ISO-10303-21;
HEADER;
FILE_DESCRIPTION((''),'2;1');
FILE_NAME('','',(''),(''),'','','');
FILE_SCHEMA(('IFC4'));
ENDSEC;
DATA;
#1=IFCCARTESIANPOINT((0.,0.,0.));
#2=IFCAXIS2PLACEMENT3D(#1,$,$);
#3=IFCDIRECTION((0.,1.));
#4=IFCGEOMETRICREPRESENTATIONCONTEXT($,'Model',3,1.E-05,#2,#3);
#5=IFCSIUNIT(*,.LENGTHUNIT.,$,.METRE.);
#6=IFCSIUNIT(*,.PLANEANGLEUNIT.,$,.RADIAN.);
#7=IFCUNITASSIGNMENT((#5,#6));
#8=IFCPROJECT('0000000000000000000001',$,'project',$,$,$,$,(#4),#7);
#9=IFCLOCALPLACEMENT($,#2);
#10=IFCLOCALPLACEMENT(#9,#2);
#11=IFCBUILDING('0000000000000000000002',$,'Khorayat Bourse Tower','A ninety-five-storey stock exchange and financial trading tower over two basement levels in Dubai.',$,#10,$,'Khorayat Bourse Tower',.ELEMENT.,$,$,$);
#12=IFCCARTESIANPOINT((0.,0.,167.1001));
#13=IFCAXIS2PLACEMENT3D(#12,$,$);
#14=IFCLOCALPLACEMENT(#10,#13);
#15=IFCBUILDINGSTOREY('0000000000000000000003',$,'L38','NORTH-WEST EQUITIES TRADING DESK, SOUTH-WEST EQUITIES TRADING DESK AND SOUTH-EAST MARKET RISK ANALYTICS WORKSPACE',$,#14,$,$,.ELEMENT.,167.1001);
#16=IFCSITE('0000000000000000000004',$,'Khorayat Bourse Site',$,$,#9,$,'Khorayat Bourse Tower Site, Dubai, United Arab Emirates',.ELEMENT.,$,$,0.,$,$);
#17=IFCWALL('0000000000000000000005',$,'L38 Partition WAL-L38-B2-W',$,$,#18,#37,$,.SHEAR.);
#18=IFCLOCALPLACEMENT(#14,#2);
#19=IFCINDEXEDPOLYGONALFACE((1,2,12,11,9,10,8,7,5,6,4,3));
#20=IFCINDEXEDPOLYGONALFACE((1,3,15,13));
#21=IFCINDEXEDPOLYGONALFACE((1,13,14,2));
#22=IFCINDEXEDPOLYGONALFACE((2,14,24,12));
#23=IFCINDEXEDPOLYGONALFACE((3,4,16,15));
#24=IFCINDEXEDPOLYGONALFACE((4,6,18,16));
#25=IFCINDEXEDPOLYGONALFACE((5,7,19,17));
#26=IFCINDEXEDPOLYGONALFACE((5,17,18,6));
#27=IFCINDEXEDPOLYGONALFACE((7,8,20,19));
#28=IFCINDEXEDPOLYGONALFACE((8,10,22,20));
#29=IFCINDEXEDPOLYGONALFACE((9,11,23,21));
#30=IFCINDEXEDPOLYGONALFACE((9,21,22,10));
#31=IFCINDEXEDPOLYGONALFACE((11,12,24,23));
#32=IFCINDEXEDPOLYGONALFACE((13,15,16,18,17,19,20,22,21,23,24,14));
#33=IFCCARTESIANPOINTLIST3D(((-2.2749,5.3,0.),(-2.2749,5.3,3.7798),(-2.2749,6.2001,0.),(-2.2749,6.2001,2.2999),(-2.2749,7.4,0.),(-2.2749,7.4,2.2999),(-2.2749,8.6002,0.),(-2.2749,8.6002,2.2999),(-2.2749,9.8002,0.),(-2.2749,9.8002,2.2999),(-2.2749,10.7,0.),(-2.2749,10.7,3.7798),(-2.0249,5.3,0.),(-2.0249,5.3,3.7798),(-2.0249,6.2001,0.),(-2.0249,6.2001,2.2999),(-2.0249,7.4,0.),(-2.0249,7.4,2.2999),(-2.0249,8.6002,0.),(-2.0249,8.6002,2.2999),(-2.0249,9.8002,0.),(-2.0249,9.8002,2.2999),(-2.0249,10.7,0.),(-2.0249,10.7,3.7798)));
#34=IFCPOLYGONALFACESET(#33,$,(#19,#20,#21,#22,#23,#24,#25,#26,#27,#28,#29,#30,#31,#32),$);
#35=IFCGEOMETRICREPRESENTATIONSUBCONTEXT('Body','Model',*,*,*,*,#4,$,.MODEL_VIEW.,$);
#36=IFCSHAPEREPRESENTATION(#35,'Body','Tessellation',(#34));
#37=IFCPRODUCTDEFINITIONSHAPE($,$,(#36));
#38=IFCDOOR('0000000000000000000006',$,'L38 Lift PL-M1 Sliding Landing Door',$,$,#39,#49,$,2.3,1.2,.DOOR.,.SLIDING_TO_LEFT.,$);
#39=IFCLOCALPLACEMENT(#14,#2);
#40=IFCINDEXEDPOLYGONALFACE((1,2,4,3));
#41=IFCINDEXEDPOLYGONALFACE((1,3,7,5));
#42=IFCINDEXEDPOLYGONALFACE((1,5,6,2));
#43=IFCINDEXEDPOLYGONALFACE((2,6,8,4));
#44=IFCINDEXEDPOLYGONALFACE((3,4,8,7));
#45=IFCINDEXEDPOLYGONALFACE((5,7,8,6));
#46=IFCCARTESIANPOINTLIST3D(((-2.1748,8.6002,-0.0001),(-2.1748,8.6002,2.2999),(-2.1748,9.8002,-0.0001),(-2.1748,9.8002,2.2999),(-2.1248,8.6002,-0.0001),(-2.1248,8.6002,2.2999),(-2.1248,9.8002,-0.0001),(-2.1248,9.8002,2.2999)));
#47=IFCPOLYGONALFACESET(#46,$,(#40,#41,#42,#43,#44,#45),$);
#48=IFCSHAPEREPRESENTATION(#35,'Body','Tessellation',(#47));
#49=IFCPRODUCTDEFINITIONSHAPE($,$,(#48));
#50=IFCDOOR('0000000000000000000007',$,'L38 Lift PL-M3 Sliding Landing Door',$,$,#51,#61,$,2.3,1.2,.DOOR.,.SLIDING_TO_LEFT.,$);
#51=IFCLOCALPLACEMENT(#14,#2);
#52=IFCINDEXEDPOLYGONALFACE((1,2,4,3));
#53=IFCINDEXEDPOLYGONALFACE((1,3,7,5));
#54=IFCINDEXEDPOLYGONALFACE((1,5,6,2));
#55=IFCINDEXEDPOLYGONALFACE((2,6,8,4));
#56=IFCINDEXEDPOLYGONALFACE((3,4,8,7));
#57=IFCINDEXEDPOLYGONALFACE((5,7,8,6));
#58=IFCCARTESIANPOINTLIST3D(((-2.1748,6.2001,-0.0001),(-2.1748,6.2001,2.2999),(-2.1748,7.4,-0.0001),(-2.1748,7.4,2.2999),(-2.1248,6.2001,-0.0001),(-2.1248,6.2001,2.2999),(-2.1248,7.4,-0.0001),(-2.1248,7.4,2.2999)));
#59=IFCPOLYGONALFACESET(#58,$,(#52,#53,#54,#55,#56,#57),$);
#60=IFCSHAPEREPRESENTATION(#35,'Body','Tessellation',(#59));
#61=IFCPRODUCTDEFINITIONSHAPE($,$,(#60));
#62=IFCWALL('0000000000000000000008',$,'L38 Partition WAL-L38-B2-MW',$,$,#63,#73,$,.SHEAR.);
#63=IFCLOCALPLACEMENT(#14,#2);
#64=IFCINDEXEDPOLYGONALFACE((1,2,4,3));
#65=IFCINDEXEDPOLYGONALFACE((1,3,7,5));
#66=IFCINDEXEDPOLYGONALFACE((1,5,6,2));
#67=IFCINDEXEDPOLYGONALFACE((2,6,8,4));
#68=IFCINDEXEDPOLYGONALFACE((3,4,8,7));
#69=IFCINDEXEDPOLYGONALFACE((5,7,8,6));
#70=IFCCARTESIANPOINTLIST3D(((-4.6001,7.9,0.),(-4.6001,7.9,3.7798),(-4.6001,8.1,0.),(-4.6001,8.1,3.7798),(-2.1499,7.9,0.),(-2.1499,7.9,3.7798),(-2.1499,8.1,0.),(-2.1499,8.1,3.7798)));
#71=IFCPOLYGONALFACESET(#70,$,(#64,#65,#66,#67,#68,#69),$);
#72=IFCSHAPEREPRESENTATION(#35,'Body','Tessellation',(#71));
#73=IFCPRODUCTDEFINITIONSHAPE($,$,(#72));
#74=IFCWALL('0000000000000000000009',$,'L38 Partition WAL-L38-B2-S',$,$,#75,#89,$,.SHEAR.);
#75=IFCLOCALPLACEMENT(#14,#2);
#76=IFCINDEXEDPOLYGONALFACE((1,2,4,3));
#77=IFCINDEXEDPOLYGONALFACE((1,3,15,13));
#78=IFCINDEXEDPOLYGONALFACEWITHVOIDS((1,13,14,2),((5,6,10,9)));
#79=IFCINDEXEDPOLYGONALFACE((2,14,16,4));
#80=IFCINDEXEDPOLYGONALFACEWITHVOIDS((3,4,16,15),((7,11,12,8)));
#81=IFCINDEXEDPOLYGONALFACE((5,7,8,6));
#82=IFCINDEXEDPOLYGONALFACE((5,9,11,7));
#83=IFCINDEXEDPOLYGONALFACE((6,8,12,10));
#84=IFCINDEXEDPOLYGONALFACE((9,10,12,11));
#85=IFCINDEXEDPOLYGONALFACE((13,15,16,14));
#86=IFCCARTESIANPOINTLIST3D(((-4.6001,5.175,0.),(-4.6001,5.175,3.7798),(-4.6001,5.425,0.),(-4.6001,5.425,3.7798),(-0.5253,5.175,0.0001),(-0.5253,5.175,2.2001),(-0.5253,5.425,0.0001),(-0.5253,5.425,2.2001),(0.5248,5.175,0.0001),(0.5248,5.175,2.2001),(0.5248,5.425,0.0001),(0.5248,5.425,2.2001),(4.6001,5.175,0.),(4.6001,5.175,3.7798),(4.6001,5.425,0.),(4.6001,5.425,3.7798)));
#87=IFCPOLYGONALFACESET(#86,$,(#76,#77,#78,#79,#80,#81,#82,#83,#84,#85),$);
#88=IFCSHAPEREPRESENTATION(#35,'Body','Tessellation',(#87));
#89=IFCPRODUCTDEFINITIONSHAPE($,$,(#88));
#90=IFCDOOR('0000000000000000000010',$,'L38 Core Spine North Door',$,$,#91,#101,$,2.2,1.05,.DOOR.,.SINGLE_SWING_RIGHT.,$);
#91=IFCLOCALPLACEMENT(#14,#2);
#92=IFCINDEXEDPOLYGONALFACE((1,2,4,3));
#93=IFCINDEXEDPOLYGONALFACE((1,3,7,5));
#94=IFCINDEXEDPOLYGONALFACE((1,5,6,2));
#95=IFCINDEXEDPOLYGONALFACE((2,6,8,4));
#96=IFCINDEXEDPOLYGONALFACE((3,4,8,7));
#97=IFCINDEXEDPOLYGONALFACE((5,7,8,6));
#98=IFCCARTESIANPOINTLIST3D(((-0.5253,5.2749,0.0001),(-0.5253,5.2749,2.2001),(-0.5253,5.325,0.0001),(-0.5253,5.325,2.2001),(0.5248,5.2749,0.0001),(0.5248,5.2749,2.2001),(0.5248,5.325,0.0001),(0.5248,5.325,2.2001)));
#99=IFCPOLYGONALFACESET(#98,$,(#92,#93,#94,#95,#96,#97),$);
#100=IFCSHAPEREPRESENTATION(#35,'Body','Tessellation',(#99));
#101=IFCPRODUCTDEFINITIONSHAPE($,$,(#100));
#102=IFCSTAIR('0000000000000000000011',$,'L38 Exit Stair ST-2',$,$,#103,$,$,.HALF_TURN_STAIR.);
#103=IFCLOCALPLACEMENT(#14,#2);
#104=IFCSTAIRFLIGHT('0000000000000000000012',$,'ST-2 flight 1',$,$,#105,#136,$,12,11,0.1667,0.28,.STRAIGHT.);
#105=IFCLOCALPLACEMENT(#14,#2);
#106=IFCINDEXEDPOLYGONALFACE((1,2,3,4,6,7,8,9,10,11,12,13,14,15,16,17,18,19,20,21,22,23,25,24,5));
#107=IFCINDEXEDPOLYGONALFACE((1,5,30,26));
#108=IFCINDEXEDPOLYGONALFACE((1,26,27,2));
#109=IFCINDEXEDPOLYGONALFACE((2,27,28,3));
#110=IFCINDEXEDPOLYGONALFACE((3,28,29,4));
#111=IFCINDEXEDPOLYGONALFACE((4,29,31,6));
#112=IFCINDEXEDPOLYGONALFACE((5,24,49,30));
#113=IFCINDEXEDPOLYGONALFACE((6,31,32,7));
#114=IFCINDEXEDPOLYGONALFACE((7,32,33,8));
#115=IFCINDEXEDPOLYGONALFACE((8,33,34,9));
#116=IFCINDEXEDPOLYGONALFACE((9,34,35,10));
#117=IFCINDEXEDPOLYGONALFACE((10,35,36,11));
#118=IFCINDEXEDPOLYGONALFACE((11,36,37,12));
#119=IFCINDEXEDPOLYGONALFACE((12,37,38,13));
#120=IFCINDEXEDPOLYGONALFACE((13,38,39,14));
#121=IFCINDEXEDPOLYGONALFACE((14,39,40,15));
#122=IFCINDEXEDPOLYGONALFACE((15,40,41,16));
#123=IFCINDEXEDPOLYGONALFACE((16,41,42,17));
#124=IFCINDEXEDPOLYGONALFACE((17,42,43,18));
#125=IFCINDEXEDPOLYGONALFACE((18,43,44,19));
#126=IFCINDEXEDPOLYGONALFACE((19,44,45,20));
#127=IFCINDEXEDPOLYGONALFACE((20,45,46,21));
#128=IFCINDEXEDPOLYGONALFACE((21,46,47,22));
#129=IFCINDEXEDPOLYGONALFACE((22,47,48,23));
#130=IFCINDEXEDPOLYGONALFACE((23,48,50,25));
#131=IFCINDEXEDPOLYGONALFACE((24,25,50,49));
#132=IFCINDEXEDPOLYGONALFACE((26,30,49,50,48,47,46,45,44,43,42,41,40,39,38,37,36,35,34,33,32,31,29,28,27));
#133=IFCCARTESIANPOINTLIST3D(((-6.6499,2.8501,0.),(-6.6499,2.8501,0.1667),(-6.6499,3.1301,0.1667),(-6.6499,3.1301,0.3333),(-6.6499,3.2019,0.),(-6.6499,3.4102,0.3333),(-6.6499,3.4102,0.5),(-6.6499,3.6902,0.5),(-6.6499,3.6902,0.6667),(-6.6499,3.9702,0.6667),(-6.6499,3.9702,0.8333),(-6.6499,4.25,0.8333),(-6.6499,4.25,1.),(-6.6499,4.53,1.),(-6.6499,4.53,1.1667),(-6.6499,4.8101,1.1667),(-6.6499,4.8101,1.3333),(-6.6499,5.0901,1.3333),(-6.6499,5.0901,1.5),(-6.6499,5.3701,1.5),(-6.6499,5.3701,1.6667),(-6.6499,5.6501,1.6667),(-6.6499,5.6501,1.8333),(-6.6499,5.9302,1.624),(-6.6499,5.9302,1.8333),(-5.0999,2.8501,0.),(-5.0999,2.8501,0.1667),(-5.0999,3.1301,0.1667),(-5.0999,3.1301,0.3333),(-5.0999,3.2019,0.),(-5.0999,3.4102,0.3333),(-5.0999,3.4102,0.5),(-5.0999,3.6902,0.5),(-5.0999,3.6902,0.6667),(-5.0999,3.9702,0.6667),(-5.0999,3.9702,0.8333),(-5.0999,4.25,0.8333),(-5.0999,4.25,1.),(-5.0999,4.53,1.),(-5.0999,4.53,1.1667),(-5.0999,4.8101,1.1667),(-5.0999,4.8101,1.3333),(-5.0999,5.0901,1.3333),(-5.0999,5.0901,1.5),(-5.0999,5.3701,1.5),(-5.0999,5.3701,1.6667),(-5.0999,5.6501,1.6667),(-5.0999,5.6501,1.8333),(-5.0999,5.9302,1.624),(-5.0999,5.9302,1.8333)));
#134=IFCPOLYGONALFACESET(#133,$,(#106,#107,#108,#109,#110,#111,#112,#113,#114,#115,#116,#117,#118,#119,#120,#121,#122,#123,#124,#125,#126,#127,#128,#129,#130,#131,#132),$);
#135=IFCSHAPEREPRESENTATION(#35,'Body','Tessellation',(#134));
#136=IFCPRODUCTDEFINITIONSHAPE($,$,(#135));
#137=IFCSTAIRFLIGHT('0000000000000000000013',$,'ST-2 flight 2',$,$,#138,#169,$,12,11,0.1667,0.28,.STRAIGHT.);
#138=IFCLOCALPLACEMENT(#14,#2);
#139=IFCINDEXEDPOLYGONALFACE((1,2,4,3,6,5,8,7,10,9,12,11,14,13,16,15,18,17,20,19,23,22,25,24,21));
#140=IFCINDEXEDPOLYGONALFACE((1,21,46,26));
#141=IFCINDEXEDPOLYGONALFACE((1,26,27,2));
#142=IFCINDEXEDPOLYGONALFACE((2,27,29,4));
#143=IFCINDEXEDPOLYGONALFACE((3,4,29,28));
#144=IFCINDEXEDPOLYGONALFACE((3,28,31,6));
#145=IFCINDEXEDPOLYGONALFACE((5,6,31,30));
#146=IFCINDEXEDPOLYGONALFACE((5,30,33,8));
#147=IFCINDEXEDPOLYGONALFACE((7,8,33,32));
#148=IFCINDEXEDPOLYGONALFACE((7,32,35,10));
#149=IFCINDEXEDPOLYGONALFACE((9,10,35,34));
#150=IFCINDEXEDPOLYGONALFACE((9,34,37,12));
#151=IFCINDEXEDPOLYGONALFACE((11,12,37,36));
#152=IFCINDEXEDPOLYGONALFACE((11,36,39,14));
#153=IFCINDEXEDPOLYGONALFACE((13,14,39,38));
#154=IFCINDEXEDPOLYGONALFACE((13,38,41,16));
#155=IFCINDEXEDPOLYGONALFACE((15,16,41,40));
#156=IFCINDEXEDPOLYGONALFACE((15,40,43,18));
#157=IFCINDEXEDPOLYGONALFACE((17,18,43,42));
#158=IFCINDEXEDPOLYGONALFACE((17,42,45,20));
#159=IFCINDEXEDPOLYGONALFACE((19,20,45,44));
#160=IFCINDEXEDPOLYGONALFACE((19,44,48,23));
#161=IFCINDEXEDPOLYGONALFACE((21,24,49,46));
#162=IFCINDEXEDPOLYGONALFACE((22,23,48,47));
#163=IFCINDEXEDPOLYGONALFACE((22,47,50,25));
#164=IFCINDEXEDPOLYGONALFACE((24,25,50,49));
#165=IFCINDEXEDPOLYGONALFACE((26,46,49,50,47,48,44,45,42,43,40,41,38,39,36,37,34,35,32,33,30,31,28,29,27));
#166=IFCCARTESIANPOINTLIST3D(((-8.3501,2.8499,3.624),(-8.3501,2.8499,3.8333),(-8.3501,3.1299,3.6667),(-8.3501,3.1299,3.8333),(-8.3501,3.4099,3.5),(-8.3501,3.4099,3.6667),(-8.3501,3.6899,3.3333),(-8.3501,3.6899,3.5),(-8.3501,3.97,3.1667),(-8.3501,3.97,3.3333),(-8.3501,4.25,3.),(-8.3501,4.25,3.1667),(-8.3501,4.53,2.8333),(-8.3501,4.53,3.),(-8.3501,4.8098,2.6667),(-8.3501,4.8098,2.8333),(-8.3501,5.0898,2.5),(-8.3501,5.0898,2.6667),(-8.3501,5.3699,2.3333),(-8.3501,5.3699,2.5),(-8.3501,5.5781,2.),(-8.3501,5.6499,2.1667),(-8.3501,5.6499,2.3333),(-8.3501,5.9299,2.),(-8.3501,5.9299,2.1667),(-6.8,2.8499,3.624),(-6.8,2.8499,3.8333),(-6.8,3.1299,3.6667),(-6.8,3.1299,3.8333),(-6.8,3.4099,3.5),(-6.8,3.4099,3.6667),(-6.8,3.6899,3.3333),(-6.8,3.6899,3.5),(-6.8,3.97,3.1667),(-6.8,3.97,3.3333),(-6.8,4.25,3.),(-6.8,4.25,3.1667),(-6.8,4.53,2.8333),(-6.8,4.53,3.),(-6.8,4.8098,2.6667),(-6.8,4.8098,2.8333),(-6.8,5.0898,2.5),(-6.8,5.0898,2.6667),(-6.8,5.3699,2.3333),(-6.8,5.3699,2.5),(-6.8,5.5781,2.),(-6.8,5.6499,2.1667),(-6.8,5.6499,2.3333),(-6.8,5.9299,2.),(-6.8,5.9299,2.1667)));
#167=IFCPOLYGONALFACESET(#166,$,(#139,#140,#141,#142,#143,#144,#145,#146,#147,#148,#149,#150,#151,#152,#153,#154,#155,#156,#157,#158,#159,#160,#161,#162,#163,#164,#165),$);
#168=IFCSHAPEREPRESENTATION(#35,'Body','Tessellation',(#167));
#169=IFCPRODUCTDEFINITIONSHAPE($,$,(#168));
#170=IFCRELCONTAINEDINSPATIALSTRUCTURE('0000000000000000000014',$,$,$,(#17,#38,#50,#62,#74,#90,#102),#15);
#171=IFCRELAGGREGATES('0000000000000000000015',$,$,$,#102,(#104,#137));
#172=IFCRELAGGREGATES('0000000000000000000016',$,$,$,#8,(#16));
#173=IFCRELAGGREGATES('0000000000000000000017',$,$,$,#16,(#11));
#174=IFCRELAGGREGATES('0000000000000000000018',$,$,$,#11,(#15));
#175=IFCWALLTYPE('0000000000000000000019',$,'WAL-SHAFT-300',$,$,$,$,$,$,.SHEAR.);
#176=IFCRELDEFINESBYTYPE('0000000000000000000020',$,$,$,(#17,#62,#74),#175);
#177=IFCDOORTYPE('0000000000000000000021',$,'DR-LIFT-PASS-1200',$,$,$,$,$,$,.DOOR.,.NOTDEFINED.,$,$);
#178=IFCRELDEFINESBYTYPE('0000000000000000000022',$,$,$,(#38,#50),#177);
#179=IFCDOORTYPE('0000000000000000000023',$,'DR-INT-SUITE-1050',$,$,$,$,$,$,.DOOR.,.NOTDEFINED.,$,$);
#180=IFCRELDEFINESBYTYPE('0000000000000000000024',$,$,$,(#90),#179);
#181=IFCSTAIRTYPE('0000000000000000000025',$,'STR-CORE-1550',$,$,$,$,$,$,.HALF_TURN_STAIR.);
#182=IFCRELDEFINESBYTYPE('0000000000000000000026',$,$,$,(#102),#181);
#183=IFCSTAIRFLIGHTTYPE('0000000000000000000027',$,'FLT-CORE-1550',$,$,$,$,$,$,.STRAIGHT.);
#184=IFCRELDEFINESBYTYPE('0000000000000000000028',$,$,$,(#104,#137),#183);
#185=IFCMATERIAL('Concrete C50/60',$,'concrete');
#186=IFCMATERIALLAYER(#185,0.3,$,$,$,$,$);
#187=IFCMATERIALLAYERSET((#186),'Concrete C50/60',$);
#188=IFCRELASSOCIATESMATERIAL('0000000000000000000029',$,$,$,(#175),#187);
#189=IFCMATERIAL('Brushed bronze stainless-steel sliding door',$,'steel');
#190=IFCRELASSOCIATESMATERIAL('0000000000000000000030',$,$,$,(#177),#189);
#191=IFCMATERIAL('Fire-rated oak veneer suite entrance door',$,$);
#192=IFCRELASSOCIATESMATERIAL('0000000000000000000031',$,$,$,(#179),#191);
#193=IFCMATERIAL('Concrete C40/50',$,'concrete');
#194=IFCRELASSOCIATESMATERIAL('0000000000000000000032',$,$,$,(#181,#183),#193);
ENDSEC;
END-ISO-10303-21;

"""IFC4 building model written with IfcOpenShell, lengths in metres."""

from ifc_helpers import new_model, si_unit, direction, frame, frame_2d, origin, place, context, subcontext, project, spatial, polyline, rectangle, outline, extrude, source, transform, mapped, material, layer, layer_set, type_object, element, fill, aggregate, save


model = new_model("IFC4")

# Units and contexts
model_context = context("Model", 3, precision=1e-05, world=origin(), true_north=direction((0.0, 1.0)))
body_context = subcontext(model_context, "Body", "Model", "MODEL_VIEW")
ifc_project = project(units=[si_unit("LENGTHUNIT", "METRE"), si_unit("PLANEANGLEUNIT", "RADIAN")], contexts=[model_context])

# Site, building, storey
site_placement = place(None, origin())
site = spatial("IfcSite", under=ifc_project, at=site_placement, Name="Khorayat Bourse Site", LongName="Khorayat Bourse Tower Site, Dubai, United Arab Emirates", CompositionType="ELEMENT", RefElevation=0.0)
building_placement = place(site_placement, origin())
building = spatial("IfcBuilding", under=site, at=building_placement, Name="Khorayat Bourse Tower", Description="A ninety-five-storey stock exchange and financial trading tower over two basement levels in Dubai.", LongName="Khorayat Bourse Tower", CompositionType="ELEMENT")
storey_placement = place(building_placement, frame((0.0, 0.0, 167.1001)))
storey = spatial("IfcBuildingStorey", under=building, at=storey_placement, Name="L38", Description="NORTH-WEST EQUITIES TRADING DESK, SOUTH-WEST EQUITIES TRADING DESK AND SOUTH-EAST MARKET RISK ANALYTICS WORKSPACE", CompositionType="ELEMENT", Elevation=167.1001)

# Shared definitions
ifc_material_1 = material(Name="Concrete C50/60", Category="concrete")
ifc_layer_1 = layer(ifc_material_1, 0.3)
ifc_layer_set_1 = layer_set([ifc_layer_1], Name="Concrete C50/60")
wall_type_1 = type_object("IfcWallType", Name="WAL-SHAFT-300", PredefinedType="SHEAR", material=ifc_layer_set_1)

# Wall, openings, doors
shared_shape_1 = source(origin(), body_context, "Body", "SweptSolid", [
    extrude(rectangle(XDim=5.3999, YDim=0.25, at=frame_2d((2.7, 0.0))), origin(), (0.0, 0.0, 1.0), 3.7798),
])
wall_1_placement = place(storey_placement, frame((-2.1499, 5.3, 0.0), z_axis=(0.0, 0.0, 1.0), x_axis=(0.0, 1.0, 0.0)))
wall_1 = element("IfcWall", 1, at=wall_1_placement, inside=storey, type_object=wall_type_1, Name="L38 Partition WAL-L38-B2-W", PredefinedType="SHEAR", context=body_context, shape_type="MappedRepresentation", body=[
    mapped(shared_shape_1, transform((0.0, 0.0, 0.0), scale=1.0)),
])
shared_shape_2 = source(origin(), body_context, "Body", "SweptSolid", [
    extrude(rectangle(XDim=1.2, YDim=2.3, at=frame_2d((0.6001, 1.1499))), frame((0.0, 0.135, 0.0), z_axis=(0.0, -1.0, 0.0), x_axis=(1.0, 0.0, 0.0)), (0.0, 0.0, 1.0), 0.27),
])
opening_1_placement = place(wall_1_placement, frame((3.3, 0.0, 0.0)))
opening_1 = element("IfcOpeningElement", 2, at=opening_1_placement, cuts=wall_1, PredefinedType="OPENING", context=body_context, shape_type="MappedRepresentation", body=[
    mapped(shared_shape_2, transform((0.0, 0.0, 0.0), scale=1.0)),
])
opening_2_placement = place(wall_1_placement, frame((0.8999, 0.0, 0.0)))
opening_2 = element("IfcOpeningElement", 3, at=opening_2_placement, cuts=wall_1, PredefinedType="OPENING", context=body_context, shape_type="MappedRepresentation", body=[
    mapped(shared_shape_2, transform((0.0, 0.0, 0.0), scale=1.0)),
])
ifc_material_2 = material(Name="Brushed bronze stainless-steel sliding door", Category="steel")
door_type_1 = type_object("IfcDoorType", Name="DR-LIFT-PASS-1200", OperationType="NOTDEFINED", PredefinedType="DOOR", material=ifc_material_2)
shared_shape_3 = source(origin(), body_context, "Body", "SweptSolid", [
    extrude(rectangle(XDim=1.2, YDim=2.3, at=frame_2d((0.6001, 1.1499))), frame((0.0, 0.0249, 0.0), z_axis=(0.0, -1.0, 0.0), x_axis=(1.0, 0.0, 0.0)), (0.0, 0.0, 1.0), 0.05),
])
door_1_placement = place(opening_1_placement, origin())
door_1 = element("IfcDoor", 4, at=door_1_placement, inside=storey, type_object=door_type_1, Name="L38 Lift PL-M1 Sliding Landing Door", OperationType="SLIDING_TO_LEFT", OverallHeight=2.3, OverallWidth=1.2, PredefinedType="DOOR", context=body_context, shape_type="MappedRepresentation", body=[
    mapped(shared_shape_3, transform((0.0, 0.0, 0.0), scale=1.0)),
])
fill(opening_1, door_1)
door_2_placement = place(opening_2_placement, origin())
door_2 = element("IfcDoor", 5, at=door_2_placement, inside=storey, type_object=door_type_1, Name="L38 Lift PL-M3 Sliding Landing Door", OperationType="SLIDING_TO_LEFT", OverallHeight=2.3, OverallWidth=1.2, PredefinedType="DOOR", context=body_context, shape_type="MappedRepresentation", body=[
    mapped(shared_shape_3, transform((0.0, 0.0, 0.0), scale=1.0)),
])
fill(opening_2, door_2)

# Wall
shared_shape_4 = source(origin(), body_context, "Body", "SweptSolid", [
    extrude(rectangle(XDim=2.4502, YDim=0.2, at=frame_2d((1.2251, 0.0))), origin(), (0.0, 0.0, 1.0), 3.7798),
])
wall_2_placement = place(storey_placement, frame((-4.6001, 8.0, 0.0), z_axis=(0.0, 0.0, 1.0), x_axis=(1.0, 0.0, 0.0)))
element("IfcWall", 6, at=wall_2_placement, inside=storey, type_object=wall_type_1, Name="L38 Partition WAL-L38-B2-MW", PredefinedType="SHEAR", context=body_context, shape_type="MappedRepresentation", body=[
    mapped(shared_shape_4, transform((0.0, 0.0, 0.0), scale=1.0)),
])

# Wall, opening, door
shared_shape_5 = source(origin(), body_context, "Body", "SweptSolid", [
    extrude(rectangle(XDim=9.2002, YDim=0.25, at=frame_2d((4.6001, 0.0))), origin(), (0.0, 0.0, 1.0), 3.7798),
])
wall_3_placement = place(storey_placement, frame((-4.6001, 5.3, 0.0), z_axis=(0.0, 0.0, 1.0), x_axis=(1.0, 0.0, 0.0)))
wall_3 = element("IfcWall", 7, at=wall_3_placement, inside=storey, type_object=wall_type_1, Name="L38 Partition WAL-L38-B2-S", PredefinedType="SHEAR", context=body_context, shape_type="MappedRepresentation", body=[
    mapped(shared_shape_5, transform((0.0, 0.0, 0.0), scale=1.0)),
])
shared_shape_6 = source(origin(), body_context, "Body", "SweptSolid", [
    extrude(rectangle(XDim=1.05, YDim=2.2, at=frame_2d((0.5249, 1.1001))), frame((0.0, 0.135, 0.0), z_axis=(0.0, -1.0, 0.0), x_axis=(1.0, 0.0, 0.0)), (0.0, 0.0, 1.0), 0.27),
])
opening_3_placement = place(wall_3_placement, frame((4.075, 0.0, 0.0)))
opening_3 = element("IfcOpeningElement", 8, at=opening_3_placement, cuts=wall_3, PredefinedType="OPENING", context=body_context, shape_type="MappedRepresentation", body=[
    mapped(shared_shape_6, transform((0.0, 0.0, 0.0), scale=1.0)),
])
ifc_material_3 = material(Name="Fire-rated oak veneer suite entrance door")
door_type_2 = type_object("IfcDoorType", Name="DR-INT-SUITE-1050", OperationType="NOTDEFINED", PredefinedType="DOOR", material=ifc_material_3)
shared_shape_7 = source(origin(), body_context, "Body", "SweptSolid", [
    extrude(rectangle(XDim=1.05, YDim=2.2, at=frame_2d((0.5249, 1.1001))), frame((0.0, 0.0249, 0.0), z_axis=(0.0, -1.0, 0.0), x_axis=(1.0, 0.0, 0.0)), (0.0, 0.0, 1.0), 0.05),
])
door_3_placement = place(opening_3_placement, origin())
door_3 = element("IfcDoor", 9, at=door_3_placement, inside=storey, type_object=door_type_2, Name="L38 Core Spine North Door", OperationType="SINGLE_SWING_RIGHT", OverallHeight=2.2, OverallWidth=1.05, PredefinedType="DOOR", context=body_context, shape_type="MappedRepresentation", body=[
    mapped(shared_shape_7, transform((0.0, 0.0, 0.0), scale=1.0)),
])
fill(opening_3, door_3)

# Stair, stair flights
ifc_material_4 = material(Name="Concrete C40/50", Category="concrete")
stair_type = type_object("IfcStairType", Name="STR-CORE-1550", PredefinedType="HALF_TURN_STAIR", material=ifc_material_4)
stair_placement = place(storey_placement, origin())
stair = element("IfcStair", 10, at=stair_placement, inside=storey, type_object=stair_type, Name="L38 Exit Stair ST-2", PredefinedType="HALF_TURN_STAIR")
stair_flight_type = type_object("IfcStairFlightType", Name="FLT-CORE-1550", PredefinedType="STRAIGHT", material=ifc_material_4)
shared_shape_8 = source(origin(), body_context, "Body", "SweptSolid", [
    extrude(outline(polyline([(0.0, 0.0), (0.0, 0.1667), (0.28, 0.1667), (0.28, 0.3333), (0.5601, 0.3333), (0.5601, 0.5), (0.8401, 0.5), (0.8401, 0.6667), (1.1201, 0.6667), (1.1201, 0.8333), (1.3999, 0.8333), (1.3999, 1.0), (1.6799, 1.0), (1.6799, 1.1667), (1.96, 1.1667), (1.96, 1.3333), (2.24, 1.3333), (2.24, 1.5), (2.52, 1.5), (2.52, 1.6667), (2.8, 1.6667), (2.8, 1.8333), (3.0801, 1.8333), (3.0801, 2.0), (3.0801, 1.624), (0.3518, 0.0), (0.0, 0.0)])), frame((0.0, 0.7749, 0.0), z_axis=(0.0, -1.0, 0.0), x_axis=(1.0, 0.0, 0.0)), (0.0, 0.0, 1.0), 1.55),
])
stair_flight_1_placement = place(storey_placement, frame((-5.875, 2.8501, 0.0), z_axis=(0.0, 0.0, 1.0), x_axis=(0.0, 1.0, 0.0)))
stair_flight_1 = element("IfcStairFlight", 11, at=stair_flight_1_placement, type_object=stair_flight_type, Name="ST-2 flight 1", NumberOfRisers=12, NumberOfTreads=11, PredefinedType="STRAIGHT", RiserHeight=0.1667, TreadLength=0.28, context=body_context, shape_type="MappedRepresentation", body=[
    mapped(shared_shape_8, transform((0.0, 0.0, 0.0), scale=1.0)),
])
stair_flight_2_placement = place(storey_placement, frame((-7.575, 5.9299, 2.0), z_axis=(0.0, 0.0, 1.0), x_axis=(0.0, -1.0, 0.0)))
stair_flight_2 = element("IfcStairFlight", 12, at=stair_flight_2_placement, type_object=stair_flight_type, Name="ST-2 flight 2", NumberOfRisers=12, NumberOfTreads=11, PredefinedType="STRAIGHT", RiserHeight=0.1667, TreadLength=0.28, context=body_context, shape_type="MappedRepresentation", body=[
    mapped(shared_shape_8, transform((0.0, 0.0, 0.0), scale=1.0)),
])
aggregate(stair, [stair_flight_1, stair_flight_2])

save(model, "model.ifc")
